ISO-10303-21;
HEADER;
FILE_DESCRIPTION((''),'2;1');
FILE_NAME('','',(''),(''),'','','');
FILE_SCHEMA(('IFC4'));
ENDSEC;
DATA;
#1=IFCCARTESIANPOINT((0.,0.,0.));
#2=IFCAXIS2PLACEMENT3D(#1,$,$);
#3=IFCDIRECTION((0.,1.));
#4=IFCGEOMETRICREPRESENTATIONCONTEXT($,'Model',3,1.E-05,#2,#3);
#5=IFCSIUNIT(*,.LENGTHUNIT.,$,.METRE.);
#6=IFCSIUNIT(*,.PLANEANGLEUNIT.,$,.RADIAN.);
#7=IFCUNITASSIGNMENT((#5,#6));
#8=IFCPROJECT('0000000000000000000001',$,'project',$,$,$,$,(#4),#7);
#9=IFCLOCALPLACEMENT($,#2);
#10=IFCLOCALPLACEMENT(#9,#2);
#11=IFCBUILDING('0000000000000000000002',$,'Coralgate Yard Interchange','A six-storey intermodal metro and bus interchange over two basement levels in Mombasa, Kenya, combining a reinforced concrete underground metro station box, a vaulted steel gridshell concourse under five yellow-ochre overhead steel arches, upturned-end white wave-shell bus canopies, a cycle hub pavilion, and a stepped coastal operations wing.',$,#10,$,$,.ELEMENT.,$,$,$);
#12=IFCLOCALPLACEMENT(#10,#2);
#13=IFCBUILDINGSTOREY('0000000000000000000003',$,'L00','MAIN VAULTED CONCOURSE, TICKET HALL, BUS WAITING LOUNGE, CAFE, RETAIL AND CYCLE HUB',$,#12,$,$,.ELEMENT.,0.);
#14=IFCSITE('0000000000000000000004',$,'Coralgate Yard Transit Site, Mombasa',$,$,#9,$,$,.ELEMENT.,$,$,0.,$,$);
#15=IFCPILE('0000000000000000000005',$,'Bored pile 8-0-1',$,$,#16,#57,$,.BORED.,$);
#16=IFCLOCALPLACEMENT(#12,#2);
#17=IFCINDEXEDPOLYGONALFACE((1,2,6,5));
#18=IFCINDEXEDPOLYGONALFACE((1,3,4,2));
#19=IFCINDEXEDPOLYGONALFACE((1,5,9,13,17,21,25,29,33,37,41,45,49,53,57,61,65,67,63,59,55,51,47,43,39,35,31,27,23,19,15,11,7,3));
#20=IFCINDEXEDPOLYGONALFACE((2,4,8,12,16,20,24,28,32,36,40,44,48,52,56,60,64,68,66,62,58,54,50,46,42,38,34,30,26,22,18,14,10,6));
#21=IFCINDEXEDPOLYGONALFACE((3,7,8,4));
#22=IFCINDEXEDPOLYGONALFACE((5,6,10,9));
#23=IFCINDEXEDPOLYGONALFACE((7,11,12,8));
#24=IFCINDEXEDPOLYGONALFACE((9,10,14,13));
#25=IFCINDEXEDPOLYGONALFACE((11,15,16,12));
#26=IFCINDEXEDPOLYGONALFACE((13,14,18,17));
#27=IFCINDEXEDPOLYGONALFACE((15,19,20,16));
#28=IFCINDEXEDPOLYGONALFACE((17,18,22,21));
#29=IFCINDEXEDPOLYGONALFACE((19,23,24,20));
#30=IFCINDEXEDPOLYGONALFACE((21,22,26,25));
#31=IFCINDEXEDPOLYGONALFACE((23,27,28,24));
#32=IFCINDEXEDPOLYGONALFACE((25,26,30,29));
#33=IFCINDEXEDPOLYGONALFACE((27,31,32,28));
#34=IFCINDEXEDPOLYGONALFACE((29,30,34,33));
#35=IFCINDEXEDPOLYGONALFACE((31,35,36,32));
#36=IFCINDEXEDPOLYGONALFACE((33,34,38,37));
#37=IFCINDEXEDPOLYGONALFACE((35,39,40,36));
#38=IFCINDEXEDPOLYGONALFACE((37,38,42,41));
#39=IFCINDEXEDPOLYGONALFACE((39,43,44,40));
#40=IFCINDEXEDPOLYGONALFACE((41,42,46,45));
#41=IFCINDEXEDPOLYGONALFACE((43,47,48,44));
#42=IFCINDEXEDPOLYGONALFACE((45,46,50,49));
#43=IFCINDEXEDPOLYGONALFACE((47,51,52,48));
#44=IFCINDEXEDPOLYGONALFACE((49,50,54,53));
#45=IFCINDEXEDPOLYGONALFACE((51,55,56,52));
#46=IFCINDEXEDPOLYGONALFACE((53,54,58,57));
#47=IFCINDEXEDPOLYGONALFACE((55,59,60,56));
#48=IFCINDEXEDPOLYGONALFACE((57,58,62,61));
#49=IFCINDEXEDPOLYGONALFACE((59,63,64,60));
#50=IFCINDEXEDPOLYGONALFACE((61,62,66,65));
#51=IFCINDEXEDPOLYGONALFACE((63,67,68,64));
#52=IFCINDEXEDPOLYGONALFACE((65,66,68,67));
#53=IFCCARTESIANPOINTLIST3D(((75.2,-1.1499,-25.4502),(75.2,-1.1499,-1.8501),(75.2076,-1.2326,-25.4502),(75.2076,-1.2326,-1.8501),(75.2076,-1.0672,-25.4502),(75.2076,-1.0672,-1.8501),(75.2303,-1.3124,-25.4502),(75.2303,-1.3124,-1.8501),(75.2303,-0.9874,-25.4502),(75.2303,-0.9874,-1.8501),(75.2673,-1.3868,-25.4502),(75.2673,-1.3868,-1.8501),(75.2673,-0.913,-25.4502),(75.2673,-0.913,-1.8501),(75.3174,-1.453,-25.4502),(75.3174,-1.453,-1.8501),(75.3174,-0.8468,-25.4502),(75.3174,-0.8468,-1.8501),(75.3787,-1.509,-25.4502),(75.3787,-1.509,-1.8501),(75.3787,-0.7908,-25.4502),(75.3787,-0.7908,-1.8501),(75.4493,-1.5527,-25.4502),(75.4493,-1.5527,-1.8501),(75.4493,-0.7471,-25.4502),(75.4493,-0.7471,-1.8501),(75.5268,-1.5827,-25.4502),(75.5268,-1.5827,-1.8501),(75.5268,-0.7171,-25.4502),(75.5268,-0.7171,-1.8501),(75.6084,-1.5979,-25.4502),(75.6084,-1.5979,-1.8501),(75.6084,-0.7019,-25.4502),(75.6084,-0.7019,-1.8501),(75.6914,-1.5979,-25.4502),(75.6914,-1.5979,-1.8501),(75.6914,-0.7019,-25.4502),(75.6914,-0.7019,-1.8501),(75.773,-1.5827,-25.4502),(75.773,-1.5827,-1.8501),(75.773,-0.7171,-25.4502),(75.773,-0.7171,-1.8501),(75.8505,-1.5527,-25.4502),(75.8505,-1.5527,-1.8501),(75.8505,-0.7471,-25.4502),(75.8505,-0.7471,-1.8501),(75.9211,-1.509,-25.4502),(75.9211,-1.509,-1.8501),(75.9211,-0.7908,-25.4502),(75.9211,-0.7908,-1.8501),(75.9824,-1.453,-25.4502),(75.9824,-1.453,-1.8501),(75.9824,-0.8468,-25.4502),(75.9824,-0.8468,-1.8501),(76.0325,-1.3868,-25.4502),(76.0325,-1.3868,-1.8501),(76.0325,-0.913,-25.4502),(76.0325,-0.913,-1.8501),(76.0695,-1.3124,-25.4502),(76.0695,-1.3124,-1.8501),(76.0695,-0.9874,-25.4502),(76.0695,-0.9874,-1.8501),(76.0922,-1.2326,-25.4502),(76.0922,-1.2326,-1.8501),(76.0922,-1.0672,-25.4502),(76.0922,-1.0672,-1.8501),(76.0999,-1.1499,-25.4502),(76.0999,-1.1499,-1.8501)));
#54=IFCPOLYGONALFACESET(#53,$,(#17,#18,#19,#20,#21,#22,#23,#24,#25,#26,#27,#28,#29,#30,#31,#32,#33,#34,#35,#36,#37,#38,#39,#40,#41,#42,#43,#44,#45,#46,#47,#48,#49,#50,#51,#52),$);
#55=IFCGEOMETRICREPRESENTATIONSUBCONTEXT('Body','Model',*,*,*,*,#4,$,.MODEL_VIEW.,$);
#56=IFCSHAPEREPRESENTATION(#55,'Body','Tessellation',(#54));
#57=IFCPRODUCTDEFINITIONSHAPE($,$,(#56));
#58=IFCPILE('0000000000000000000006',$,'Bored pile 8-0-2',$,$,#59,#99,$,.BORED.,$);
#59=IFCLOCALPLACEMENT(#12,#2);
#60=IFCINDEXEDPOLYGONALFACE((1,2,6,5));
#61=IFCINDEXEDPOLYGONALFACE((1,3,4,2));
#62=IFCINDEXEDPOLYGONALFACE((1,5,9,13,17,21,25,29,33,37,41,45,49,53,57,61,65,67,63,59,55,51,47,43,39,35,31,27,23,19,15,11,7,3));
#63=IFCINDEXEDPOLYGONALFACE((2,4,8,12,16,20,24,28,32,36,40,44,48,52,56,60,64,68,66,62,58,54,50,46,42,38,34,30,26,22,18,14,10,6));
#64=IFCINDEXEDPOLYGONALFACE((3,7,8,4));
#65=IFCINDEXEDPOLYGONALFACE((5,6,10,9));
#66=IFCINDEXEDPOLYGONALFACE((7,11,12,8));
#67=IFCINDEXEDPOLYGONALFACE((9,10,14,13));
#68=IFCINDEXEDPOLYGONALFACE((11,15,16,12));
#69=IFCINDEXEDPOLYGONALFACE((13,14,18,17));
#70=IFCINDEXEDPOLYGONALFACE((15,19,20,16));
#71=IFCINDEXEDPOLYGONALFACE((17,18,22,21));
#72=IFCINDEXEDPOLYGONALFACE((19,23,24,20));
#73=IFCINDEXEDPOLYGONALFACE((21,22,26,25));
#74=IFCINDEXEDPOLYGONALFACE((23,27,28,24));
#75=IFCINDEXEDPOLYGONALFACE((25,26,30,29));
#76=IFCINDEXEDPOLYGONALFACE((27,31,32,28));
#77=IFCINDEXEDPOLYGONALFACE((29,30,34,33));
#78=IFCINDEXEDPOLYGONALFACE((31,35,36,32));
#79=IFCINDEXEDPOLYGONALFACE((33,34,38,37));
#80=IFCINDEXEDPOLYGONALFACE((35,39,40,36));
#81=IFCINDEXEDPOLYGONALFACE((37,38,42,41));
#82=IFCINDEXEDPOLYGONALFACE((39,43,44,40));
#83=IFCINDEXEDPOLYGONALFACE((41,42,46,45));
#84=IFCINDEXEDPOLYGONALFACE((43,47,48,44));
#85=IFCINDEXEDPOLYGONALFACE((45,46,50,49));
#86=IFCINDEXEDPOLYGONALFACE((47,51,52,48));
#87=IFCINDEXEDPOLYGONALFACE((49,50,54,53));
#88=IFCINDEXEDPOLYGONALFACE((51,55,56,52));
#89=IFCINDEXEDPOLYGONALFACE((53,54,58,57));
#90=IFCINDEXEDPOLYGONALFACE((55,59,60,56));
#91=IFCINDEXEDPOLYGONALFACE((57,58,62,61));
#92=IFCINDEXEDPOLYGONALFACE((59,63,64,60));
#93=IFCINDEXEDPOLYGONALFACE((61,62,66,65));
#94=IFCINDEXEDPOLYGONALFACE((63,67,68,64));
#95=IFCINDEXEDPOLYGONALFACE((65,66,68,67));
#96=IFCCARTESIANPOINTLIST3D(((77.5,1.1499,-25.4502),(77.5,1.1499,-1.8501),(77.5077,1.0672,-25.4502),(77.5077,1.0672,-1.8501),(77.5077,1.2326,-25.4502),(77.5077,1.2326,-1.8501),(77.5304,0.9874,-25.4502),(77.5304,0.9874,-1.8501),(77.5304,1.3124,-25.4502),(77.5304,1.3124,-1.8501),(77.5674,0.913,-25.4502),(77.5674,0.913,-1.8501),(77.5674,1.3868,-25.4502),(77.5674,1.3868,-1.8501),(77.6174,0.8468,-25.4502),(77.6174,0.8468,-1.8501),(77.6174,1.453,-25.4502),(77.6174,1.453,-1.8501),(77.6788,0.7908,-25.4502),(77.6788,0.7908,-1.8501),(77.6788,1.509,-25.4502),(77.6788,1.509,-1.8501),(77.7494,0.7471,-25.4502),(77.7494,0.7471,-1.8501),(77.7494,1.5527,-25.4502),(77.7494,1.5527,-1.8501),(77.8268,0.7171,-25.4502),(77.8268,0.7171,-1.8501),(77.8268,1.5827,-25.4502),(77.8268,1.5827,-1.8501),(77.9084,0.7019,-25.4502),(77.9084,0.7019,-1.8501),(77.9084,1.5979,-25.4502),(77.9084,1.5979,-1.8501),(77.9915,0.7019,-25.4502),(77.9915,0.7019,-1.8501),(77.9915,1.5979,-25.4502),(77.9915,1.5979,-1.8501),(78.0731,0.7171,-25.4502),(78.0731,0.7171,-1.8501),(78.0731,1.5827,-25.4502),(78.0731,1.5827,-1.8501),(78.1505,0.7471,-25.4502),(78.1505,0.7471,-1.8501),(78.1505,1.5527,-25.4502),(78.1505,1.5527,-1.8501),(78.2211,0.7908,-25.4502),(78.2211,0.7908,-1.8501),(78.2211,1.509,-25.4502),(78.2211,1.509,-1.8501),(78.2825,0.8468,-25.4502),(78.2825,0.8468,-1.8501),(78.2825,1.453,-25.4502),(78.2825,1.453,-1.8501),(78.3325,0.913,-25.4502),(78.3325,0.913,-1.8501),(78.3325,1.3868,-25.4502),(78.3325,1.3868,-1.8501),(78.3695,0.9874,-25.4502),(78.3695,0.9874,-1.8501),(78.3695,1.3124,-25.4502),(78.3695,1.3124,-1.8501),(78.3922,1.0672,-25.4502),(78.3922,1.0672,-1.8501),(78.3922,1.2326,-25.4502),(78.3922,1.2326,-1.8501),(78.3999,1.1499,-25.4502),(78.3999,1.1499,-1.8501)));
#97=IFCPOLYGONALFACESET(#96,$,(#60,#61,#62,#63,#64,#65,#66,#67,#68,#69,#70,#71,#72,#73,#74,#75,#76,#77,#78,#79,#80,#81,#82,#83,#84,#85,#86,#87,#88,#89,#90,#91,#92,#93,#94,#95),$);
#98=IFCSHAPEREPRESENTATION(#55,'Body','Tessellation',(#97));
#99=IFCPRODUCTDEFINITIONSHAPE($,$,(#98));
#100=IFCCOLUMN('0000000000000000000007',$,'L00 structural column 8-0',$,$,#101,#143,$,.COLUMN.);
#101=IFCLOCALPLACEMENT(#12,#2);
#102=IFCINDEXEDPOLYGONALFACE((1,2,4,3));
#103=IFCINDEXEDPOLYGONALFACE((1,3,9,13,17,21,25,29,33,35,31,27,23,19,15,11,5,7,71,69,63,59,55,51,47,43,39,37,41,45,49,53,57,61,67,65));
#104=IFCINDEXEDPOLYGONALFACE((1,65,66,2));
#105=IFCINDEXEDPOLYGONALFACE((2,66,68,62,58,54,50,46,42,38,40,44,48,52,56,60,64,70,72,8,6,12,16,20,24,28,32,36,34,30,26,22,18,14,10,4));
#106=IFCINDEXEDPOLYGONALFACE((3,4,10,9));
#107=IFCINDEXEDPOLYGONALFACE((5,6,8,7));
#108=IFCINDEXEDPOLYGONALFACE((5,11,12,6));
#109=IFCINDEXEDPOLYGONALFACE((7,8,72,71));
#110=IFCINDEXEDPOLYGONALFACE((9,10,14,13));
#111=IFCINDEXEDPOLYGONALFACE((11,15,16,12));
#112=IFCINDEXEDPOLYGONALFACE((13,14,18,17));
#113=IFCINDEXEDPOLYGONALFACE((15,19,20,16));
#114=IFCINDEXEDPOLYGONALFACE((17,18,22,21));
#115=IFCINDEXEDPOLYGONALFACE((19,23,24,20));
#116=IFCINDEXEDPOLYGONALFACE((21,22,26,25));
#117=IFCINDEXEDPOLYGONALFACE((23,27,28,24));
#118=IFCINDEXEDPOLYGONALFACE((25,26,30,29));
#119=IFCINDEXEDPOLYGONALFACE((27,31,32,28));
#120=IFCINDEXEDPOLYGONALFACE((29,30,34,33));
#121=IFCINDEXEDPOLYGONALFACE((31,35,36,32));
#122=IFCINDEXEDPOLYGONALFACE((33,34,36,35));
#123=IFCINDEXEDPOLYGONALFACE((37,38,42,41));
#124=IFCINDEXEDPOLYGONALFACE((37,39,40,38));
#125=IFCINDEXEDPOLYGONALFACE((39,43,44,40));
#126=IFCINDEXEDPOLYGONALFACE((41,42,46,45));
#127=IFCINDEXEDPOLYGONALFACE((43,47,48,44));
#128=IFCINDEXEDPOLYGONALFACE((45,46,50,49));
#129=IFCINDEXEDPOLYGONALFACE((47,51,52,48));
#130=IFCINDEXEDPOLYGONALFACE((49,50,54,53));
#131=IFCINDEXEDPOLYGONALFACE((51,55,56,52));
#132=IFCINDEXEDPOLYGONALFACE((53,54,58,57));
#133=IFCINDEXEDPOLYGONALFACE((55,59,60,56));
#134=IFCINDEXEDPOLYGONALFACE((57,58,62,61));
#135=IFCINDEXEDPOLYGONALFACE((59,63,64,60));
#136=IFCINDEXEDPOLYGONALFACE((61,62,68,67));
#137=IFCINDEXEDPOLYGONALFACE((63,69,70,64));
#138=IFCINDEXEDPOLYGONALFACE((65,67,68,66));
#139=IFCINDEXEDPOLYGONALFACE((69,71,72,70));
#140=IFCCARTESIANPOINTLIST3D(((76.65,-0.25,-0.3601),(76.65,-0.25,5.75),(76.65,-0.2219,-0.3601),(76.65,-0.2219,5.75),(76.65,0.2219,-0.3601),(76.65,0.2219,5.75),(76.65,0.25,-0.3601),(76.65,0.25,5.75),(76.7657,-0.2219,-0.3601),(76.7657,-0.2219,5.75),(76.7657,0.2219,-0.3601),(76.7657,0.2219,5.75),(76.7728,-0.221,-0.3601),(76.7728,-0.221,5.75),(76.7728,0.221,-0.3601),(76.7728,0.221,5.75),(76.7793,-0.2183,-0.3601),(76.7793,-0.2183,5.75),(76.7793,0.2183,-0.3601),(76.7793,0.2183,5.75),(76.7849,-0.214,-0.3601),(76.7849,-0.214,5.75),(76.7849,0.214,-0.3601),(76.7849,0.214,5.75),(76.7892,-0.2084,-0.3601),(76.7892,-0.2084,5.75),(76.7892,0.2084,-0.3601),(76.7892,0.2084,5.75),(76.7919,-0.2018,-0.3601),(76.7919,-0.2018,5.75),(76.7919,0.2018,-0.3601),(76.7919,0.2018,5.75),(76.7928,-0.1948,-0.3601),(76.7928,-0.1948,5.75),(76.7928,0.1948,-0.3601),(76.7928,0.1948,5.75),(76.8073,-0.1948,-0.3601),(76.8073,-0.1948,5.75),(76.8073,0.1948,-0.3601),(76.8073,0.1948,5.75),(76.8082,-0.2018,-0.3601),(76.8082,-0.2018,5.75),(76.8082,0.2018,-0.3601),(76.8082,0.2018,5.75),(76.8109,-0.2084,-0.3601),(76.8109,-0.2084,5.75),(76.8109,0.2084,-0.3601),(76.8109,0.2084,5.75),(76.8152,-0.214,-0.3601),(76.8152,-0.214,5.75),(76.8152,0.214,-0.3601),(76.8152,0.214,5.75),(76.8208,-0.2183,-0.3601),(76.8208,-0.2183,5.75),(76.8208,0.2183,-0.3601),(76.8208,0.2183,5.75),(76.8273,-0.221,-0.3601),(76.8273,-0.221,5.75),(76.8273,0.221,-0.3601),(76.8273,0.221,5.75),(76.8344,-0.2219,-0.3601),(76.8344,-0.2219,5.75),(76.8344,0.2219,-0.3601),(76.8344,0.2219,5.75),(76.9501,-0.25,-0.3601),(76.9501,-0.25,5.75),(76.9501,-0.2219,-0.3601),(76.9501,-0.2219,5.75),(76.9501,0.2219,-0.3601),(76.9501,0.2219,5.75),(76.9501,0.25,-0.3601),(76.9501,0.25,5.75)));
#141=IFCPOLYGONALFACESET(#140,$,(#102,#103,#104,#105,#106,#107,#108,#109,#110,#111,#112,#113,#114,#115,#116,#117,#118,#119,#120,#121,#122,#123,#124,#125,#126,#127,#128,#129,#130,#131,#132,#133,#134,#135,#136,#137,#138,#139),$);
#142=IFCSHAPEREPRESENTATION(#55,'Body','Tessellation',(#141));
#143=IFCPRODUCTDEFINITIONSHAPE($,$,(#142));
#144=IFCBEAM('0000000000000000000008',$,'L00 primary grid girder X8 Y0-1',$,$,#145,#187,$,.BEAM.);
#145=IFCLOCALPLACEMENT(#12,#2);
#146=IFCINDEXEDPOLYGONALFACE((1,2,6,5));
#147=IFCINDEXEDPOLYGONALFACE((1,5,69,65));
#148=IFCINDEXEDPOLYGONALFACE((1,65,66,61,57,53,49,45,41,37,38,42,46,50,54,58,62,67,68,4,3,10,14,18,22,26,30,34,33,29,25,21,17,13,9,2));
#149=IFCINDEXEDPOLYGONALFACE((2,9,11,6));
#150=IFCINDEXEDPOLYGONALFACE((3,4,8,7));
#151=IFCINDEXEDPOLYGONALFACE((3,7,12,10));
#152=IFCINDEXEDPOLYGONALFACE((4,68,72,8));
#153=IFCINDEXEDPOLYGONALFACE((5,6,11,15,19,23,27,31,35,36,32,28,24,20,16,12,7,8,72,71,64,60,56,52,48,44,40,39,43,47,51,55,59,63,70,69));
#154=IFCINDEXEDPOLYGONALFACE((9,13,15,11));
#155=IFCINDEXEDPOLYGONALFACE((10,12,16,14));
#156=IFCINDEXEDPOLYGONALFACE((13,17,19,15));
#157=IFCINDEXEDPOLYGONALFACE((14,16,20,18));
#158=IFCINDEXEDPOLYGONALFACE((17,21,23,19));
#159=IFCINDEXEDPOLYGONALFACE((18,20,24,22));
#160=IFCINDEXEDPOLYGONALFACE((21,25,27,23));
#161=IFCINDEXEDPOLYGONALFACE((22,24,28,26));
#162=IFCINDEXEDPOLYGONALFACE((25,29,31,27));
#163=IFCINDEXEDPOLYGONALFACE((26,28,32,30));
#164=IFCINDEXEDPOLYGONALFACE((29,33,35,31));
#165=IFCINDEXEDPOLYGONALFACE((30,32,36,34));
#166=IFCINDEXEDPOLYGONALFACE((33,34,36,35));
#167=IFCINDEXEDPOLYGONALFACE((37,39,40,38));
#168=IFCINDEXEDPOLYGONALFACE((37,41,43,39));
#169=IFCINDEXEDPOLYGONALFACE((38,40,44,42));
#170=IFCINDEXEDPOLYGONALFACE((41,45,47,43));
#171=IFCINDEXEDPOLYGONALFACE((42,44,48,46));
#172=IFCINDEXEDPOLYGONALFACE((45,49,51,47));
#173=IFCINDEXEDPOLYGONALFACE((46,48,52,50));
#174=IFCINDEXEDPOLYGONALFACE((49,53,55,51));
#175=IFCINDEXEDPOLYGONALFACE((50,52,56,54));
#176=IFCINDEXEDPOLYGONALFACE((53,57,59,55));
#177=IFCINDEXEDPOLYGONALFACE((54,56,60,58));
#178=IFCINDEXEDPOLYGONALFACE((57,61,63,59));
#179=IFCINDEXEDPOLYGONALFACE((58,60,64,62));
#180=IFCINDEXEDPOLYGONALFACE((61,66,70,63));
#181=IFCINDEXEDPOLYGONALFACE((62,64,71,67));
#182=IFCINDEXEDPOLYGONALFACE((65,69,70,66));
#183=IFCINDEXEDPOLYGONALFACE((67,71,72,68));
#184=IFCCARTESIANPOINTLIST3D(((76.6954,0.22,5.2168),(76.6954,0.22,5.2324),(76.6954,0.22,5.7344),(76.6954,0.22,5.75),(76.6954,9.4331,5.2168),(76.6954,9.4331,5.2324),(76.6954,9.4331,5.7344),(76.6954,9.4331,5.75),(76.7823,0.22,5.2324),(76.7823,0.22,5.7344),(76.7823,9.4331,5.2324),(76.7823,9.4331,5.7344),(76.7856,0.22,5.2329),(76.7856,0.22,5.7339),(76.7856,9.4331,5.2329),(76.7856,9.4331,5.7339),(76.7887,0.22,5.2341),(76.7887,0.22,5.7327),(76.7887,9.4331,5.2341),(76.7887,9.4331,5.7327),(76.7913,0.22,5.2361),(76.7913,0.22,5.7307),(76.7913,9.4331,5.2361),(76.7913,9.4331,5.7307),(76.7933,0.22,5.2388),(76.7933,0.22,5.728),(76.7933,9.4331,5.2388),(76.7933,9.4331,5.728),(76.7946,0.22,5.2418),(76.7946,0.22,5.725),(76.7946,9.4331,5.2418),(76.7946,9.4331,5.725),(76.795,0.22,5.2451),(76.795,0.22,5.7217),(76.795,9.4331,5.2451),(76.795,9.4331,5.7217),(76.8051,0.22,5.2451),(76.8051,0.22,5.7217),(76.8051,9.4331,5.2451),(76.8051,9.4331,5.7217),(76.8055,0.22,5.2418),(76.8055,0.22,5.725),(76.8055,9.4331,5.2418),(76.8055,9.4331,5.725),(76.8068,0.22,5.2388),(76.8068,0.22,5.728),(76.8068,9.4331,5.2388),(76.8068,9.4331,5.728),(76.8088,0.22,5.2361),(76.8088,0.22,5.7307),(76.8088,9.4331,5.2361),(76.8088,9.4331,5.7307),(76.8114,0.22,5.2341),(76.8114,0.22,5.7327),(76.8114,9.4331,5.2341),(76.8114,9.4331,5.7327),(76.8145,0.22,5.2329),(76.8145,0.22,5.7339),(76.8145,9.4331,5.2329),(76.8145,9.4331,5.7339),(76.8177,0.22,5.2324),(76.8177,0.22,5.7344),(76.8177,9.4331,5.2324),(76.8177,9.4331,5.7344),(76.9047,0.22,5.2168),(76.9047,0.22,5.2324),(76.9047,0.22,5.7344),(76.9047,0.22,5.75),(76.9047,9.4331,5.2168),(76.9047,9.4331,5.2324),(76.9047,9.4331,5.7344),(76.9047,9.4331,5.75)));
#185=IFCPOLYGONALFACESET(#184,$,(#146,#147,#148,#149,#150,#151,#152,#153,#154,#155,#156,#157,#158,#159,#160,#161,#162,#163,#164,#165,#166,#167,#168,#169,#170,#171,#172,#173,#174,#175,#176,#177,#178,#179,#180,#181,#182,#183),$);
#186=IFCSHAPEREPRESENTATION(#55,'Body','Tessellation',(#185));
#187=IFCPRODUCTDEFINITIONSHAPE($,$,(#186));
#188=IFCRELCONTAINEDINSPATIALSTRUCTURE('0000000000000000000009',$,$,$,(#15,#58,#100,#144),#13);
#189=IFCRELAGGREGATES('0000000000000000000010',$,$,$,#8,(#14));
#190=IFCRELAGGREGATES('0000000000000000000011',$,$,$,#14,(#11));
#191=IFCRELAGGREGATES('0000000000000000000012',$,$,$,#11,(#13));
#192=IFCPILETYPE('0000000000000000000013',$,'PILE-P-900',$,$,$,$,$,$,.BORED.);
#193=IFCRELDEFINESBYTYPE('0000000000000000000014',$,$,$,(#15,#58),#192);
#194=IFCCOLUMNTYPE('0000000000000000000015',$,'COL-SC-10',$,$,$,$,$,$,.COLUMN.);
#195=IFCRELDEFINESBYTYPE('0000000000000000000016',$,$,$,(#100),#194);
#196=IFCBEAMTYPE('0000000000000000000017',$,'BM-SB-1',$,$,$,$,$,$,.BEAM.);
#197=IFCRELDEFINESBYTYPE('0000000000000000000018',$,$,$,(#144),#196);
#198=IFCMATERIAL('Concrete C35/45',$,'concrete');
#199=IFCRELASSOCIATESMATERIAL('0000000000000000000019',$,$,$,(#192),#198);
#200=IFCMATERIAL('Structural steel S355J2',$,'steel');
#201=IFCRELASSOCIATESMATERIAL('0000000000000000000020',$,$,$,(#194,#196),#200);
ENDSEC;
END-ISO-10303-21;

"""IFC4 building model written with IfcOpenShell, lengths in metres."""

from ifc_helpers import new_model, si_unit, direction, frame, origin, origin_2d, place, context, subcontext, project, spatial, circle, i_section, extrude, material, material_profile, profile_set, type_object, element, save


model = new_model("IFC4")

# Units and contexts
model_context = context("Model", 3, precision=1e-05, world=origin(), true_north=direction((0.0, 1.0)))
body_context = subcontext(model_context, "Body", "Model", "MODEL_VIEW")
ifc_project = project(units=[si_unit("LENGTHUNIT", "METRE"), si_unit("PLANEANGLEUNIT", "RADIAN")], contexts=[model_context])

# Site, building, storey
site_placement = place(None, origin())
site = spatial("IfcSite", under=ifc_project, at=site_placement, Name="Coralgate Yard Transit Site, Mombasa", CompositionType="ELEMENT", RefElevation=0.0)
building_placement = place(site_placement, origin())
building = spatial("IfcBuilding", under=site, at=building_placement, Name="Coralgate Yard Interchange", Description="A six-storey intermodal metro and bus interchange over two basement levels in Mombasa, Kenya, combining a reinforced concrete underground metro station box, a vaulted steel gridshell concourse under five yellow-ochre overhead steel arches, upturned-end white wave-shell bus canopies, a cycle hub pavilion, and a stepped coastal operations wing.", CompositionType="ELEMENT")
storey_placement = place(building_placement, origin())
storey = spatial("IfcBuildingStorey", under=building, at=storey_placement, Name="L00", Description="MAIN VAULTED CONCOURSE, TICKET HALL, BUS WAITING LOUNGE, CAFE, RETAIL AND CYCLE HUB", CompositionType="ELEMENT", Elevation=0.0)

# Piles
ifc_material_1 = material(Name="Concrete C35/45", Category="concrete")
ifc_material_profile_1 = material_profile(ifc_material_1, circle(Radius=0.45, at=origin_2d()), Name="BORED PILE D900")
ifc_profile_set_1 = profile_set([ifc_material_profile_1], Name="Concrete C35/45")
pile_type = type_object("IfcPileType", Name="PILE-P-900", PredefinedType="BORED", material=ifc_profile_set_1)
for number, where, z_axis, x_axis, name in (
    (1, (75.6499, -1.1499, -1.8501), (0.0, 0.0, -1.0), (1.0, 0.0, 0.0), "Bored pile 8-0-1"),
    (2, (77.95, 1.1499, -1.8501), (0.0, 0.0, -1.0), (1.0, 0.0, 0.0), "Bored pile 8-0-2"),
):
    element("IfcPile", number, at=place(storey_placement, frame(where, z_axis=z_axis, x_axis=x_axis)), inside=storey, type_object=pile_type, Name=name, PredefinedType="BORED", context=body_context, shape_type="SweptSolid", body=[
        extrude(circle(Radius=0.45, at=origin_2d()), origin(), (0.0, 0.0, 1.0), 23.6001),
    ])

# Column
ifc_material_2 = material(Name="Structural steel S355J2", Category="steel")
ifc_material_profile_2 = material_profile(ifc_material_2, i_section(OverallWidth=0.3, OverallDepth=0.5, WebThickness=0.0144, FlangeThickness=0.0281, FilletRadius=0.0271, at=origin_2d()), Name="HEB 500")
ifc_profile_set_2 = profile_set([ifc_material_profile_2], Name="Structural steel S355J2")
column_type = type_object("IfcColumnType", Name="COL-SC-10", PredefinedType="COLUMN", material=ifc_profile_set_2)
column_placement = place(storey_placement, frame((76.8, 0.0, -0.3601), z_axis=(0.0, 0.0, 1.0), x_axis=(1.0, 0.0, 0.0)))
element("IfcColumn", 3, at=column_placement, inside=storey, type_object=column_type, Name="L00 structural column 8-0", PredefinedType="COLUMN", context=body_context, shape_type="SweptSolid", body=[
    extrude(i_section(OverallWidth=0.3, OverallDepth=0.5, WebThickness=0.0144, FlangeThickness=0.0281, FilletRadius=0.0271, at=origin_2d()), origin(), (0.0, 0.0, 1.0), 6.1101),
])

# Beam
ifc_material_profile_3 = material_profile(ifc_material_2, i_section(OverallWidth=0.2092, OverallDepth=0.5332, WebThickness=0.01, FlangeThickness=0.0156, FilletRadius=0.0127, at=origin_2d()), Name="UB 533x210x92")
ifc_profile_set_3 = profile_set([ifc_material_profile_3], Name="Structural steel S355J2")
beam_type_1 = type_object("IfcBeamType", Name="BM-SB-1", PredefinedType="BEAM", material=ifc_profile_set_3)
beam_1_placement = place(storey_placement, frame((76.8, 0.22, 5.4834), z_axis=(0.0, 1.0, 0.0), x_axis=(-1.0, 0.0, 0.0)))
element("IfcBeam", 4, at=beam_1_placement, inside=storey, type_object=beam_type_1, Name="L00 primary grid girder X8 Y0-1", PredefinedType="BEAM", context=body_context, shape_type="SweptSolid", body=[
    extrude(i_section(OverallWidth=0.2092, OverallDepth=0.5332, WebThickness=0.01, FlangeThickness=0.0156, FilletRadius=0.0127, at=origin_2d()), origin(), (0.0, 0.0, 1.0), 9.2131),
])

save(model, "model.ifc")
